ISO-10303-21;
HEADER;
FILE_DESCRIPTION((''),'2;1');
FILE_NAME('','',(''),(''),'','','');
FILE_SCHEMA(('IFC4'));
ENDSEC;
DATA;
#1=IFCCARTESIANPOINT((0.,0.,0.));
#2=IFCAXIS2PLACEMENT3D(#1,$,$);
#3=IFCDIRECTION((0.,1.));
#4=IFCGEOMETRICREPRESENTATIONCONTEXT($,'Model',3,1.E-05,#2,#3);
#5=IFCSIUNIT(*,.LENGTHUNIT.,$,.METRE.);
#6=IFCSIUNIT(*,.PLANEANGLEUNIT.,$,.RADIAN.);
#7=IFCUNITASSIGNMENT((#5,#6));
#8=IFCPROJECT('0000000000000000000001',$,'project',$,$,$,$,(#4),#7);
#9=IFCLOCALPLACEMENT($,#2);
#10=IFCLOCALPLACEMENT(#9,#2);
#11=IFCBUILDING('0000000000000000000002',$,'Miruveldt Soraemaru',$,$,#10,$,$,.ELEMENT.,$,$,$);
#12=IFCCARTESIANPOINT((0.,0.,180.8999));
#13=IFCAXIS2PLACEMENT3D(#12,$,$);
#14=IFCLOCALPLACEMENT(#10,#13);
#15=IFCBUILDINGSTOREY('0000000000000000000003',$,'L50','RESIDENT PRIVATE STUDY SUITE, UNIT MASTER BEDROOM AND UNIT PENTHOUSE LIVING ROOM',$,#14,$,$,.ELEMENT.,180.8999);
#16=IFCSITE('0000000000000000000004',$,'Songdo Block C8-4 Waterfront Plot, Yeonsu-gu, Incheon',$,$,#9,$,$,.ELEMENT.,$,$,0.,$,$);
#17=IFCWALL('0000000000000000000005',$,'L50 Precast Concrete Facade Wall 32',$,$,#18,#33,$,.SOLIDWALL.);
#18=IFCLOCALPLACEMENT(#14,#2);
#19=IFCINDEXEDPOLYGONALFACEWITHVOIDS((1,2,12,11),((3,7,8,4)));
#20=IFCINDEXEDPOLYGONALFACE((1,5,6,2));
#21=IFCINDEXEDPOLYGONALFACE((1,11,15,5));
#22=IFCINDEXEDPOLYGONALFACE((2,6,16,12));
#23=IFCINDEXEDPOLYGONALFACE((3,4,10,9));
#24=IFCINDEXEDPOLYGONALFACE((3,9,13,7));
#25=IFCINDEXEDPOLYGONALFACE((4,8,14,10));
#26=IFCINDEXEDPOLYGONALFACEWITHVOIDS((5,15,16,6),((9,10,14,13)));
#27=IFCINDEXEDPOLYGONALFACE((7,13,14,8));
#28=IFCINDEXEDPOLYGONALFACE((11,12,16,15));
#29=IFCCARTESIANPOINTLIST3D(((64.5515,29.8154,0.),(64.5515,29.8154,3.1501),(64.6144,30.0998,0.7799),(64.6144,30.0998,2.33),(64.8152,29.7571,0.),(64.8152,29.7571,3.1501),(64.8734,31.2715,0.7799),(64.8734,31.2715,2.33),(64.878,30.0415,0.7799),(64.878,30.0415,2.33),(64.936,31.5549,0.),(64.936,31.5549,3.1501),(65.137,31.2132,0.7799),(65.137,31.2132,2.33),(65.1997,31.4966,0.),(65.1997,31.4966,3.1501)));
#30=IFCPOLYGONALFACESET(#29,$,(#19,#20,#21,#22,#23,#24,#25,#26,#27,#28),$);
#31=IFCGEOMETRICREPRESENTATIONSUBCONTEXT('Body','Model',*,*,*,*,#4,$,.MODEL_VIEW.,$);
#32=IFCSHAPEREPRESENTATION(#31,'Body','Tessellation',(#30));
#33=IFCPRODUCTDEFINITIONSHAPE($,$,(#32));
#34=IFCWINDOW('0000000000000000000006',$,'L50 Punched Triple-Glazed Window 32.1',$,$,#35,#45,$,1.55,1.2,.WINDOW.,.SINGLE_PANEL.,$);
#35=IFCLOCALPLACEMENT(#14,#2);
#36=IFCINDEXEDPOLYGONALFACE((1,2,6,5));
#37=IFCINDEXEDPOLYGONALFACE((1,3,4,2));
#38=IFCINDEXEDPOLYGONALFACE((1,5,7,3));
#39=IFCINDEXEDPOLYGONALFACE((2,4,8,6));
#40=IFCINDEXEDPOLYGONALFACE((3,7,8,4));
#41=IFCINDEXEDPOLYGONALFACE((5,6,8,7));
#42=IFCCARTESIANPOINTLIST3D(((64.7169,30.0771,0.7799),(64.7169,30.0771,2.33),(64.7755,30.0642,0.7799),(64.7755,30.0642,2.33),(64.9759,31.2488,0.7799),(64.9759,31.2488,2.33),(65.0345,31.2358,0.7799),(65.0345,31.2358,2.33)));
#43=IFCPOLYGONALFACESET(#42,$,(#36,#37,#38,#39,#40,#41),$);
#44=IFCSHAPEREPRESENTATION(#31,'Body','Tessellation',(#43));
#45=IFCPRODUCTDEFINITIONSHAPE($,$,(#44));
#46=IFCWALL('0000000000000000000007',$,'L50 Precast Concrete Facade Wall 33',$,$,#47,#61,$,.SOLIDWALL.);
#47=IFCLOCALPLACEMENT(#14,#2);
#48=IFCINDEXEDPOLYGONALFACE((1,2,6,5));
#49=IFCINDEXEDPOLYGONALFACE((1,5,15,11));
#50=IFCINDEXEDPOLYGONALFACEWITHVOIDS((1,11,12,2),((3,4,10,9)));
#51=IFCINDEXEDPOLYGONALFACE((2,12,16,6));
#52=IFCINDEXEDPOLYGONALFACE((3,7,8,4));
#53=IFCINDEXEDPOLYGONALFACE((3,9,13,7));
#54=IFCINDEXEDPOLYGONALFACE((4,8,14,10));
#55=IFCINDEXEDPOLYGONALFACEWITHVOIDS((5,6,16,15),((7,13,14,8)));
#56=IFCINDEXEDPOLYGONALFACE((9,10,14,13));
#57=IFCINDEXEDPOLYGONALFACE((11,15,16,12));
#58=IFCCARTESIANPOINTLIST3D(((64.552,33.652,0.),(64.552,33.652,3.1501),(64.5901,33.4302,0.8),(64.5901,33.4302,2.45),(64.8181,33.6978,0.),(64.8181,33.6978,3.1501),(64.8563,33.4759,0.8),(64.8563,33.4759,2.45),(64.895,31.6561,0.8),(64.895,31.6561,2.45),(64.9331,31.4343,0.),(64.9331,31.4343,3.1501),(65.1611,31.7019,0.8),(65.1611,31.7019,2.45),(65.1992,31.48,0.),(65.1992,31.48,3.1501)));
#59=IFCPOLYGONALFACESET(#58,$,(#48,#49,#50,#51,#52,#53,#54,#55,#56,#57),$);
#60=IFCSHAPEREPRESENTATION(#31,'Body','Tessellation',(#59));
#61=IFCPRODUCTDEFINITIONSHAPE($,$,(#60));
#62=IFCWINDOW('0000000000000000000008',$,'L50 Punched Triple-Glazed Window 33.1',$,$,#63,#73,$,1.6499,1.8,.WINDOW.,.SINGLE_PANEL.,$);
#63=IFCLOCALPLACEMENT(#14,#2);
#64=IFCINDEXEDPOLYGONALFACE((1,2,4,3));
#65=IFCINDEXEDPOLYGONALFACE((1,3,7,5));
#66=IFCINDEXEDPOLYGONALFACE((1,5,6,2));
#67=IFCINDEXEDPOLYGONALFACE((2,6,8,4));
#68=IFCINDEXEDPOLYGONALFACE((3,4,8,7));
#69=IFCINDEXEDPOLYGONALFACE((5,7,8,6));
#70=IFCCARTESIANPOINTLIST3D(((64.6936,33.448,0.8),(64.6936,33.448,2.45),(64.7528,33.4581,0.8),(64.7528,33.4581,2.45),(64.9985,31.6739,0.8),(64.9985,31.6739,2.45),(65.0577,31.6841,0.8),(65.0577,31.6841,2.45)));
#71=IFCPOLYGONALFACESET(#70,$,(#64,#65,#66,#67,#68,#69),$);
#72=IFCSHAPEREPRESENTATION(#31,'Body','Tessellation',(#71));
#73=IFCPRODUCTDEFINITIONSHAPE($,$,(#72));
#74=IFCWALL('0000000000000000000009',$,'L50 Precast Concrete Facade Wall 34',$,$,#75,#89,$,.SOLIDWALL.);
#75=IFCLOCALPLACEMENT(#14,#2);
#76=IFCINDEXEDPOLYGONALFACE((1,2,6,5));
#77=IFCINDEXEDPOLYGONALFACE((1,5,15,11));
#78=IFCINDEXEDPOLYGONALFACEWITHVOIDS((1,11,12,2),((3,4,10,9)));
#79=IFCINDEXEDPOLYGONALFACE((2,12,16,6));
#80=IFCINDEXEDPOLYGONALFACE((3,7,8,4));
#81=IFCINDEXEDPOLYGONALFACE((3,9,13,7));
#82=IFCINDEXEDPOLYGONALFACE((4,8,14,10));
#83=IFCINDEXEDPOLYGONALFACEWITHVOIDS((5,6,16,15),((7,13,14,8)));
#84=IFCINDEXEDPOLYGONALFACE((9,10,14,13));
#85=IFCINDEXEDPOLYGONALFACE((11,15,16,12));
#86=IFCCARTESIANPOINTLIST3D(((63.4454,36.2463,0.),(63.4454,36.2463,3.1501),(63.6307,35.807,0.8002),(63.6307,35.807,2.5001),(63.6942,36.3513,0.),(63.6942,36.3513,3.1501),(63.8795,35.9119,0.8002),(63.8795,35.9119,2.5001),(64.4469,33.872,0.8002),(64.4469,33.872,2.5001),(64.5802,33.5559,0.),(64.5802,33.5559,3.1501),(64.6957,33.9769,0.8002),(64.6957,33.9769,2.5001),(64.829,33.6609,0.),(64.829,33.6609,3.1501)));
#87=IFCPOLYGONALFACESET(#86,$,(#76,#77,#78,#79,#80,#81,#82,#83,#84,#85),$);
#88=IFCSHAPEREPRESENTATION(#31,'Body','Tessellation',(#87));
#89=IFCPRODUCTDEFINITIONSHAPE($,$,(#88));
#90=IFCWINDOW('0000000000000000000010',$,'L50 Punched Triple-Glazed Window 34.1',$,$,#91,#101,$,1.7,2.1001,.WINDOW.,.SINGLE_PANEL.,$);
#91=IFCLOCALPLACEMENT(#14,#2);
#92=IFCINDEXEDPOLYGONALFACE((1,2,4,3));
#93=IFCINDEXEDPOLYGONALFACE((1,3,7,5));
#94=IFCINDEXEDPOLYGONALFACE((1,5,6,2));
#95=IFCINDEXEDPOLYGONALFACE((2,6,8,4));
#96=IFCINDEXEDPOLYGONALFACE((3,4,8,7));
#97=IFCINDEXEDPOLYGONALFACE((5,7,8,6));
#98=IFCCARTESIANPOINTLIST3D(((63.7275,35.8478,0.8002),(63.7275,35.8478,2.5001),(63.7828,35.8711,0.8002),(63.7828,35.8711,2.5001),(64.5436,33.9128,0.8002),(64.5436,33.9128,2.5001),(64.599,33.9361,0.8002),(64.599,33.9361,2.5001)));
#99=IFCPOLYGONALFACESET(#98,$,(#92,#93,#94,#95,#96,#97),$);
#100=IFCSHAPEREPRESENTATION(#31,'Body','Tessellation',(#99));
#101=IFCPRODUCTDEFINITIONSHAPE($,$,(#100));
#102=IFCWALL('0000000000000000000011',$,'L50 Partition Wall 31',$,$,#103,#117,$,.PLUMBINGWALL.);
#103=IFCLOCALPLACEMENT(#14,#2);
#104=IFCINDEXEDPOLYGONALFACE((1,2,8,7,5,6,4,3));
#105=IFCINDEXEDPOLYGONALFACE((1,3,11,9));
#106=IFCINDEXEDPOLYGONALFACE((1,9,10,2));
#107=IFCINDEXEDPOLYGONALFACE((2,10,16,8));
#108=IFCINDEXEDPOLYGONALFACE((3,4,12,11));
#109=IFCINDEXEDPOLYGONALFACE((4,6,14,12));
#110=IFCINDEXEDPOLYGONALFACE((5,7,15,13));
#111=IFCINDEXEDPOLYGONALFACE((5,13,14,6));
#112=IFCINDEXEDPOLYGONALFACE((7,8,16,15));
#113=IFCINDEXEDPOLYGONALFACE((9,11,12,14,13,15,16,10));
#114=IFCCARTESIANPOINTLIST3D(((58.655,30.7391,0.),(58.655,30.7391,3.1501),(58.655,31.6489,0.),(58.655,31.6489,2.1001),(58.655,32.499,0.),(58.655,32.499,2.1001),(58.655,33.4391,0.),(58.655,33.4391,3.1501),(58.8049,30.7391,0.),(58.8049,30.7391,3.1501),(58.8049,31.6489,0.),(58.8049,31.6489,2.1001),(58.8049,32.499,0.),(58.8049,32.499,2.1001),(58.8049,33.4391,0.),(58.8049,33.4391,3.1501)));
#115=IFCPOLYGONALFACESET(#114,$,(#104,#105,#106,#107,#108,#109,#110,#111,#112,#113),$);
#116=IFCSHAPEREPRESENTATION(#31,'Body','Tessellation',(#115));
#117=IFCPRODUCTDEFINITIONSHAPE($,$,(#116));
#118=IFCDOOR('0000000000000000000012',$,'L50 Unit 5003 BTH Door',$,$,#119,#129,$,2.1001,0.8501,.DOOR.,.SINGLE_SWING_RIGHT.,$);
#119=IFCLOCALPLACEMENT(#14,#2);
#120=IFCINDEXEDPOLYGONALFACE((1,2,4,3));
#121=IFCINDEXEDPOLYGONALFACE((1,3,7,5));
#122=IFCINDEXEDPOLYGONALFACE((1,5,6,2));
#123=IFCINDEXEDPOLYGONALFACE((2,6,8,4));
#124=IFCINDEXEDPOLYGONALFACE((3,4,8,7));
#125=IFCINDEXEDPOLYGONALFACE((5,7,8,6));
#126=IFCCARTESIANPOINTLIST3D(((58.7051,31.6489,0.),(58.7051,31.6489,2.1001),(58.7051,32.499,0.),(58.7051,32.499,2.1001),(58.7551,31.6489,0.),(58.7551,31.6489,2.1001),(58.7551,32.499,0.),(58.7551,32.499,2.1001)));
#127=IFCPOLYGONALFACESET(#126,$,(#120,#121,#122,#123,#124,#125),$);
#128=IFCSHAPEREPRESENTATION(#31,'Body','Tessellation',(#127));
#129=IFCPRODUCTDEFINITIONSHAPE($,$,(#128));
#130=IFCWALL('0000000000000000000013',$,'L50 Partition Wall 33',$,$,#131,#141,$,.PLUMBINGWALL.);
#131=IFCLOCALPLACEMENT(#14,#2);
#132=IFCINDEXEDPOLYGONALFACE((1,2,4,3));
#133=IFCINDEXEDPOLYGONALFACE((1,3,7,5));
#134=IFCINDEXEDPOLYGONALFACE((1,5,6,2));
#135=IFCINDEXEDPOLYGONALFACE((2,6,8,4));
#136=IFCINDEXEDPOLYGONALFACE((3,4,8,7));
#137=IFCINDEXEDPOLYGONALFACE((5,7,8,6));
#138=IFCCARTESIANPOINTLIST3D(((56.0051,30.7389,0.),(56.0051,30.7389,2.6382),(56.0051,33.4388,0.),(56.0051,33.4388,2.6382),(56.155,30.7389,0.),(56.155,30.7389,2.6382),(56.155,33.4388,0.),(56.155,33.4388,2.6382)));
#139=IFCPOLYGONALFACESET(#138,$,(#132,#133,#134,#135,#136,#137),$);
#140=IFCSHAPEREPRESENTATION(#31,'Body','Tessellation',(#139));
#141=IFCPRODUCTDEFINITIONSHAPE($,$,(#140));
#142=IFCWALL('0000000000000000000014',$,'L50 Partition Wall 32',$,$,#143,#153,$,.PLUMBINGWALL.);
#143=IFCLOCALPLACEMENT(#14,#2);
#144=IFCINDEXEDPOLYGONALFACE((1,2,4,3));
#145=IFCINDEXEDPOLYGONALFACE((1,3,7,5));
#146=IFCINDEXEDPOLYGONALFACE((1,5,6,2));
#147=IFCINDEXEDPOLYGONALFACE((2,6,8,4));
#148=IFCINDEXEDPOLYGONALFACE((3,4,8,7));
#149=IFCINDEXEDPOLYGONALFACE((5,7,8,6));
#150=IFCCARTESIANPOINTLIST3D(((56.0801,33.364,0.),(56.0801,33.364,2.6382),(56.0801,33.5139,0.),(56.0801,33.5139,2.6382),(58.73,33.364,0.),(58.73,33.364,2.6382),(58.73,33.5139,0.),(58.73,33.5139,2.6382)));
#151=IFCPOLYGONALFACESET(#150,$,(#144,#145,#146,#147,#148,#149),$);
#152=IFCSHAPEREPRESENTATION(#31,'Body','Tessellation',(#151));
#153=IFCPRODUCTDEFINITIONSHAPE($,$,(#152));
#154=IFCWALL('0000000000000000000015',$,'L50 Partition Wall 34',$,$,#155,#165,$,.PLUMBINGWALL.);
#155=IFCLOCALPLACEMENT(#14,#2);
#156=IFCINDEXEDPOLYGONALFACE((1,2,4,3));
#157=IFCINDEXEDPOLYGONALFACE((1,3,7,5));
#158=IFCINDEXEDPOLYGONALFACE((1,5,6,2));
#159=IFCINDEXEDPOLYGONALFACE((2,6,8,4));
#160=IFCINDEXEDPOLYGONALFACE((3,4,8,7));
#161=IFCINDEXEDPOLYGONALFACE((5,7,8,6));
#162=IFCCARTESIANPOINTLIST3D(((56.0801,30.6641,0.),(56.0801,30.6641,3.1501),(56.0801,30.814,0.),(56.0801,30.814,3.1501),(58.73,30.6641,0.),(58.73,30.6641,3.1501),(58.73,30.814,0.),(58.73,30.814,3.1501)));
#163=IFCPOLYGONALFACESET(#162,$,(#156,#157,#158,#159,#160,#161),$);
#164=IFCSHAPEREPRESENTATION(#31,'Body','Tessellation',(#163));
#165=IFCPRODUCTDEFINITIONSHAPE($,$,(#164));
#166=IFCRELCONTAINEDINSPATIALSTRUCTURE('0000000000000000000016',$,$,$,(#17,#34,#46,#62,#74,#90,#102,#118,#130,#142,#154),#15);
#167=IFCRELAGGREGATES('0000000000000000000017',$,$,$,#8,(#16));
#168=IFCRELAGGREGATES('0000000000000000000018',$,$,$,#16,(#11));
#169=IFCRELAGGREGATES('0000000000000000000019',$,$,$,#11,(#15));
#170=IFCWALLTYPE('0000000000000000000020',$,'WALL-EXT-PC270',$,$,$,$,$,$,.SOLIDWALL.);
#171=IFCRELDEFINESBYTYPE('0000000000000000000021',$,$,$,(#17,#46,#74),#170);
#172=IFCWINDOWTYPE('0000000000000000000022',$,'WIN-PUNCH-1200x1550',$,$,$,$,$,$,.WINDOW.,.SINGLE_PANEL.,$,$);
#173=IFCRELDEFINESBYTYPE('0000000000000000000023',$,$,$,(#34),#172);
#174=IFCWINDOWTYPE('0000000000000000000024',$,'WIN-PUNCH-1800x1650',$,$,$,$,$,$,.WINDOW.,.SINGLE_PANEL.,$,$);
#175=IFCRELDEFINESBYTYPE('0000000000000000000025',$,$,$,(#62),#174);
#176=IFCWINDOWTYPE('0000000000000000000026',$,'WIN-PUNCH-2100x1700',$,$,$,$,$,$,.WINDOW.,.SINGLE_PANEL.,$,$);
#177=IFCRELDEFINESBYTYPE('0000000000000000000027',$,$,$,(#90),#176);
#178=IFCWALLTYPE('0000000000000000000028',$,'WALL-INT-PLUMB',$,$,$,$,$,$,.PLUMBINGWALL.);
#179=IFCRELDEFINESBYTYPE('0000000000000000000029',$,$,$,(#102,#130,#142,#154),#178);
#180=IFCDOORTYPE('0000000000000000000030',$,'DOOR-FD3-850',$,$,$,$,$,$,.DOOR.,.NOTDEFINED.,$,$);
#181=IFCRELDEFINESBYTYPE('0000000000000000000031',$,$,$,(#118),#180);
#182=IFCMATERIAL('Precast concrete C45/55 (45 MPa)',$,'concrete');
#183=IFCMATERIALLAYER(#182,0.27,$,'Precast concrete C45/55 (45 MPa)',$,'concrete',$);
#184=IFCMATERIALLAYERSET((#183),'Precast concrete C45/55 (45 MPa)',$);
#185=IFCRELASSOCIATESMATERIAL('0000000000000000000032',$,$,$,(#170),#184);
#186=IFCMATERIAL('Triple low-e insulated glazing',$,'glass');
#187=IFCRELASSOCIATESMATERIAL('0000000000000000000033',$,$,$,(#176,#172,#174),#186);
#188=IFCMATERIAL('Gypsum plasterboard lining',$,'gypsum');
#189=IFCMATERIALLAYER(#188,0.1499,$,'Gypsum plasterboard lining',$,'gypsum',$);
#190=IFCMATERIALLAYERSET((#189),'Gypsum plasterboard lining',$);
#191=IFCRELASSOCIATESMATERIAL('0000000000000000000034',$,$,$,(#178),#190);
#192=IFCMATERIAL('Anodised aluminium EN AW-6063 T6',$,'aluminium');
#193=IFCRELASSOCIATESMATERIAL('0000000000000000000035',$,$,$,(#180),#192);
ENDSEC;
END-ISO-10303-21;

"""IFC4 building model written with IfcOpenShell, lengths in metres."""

from ifc_helpers import new_model, si_unit, direction, frame, frame_2d, origin, place, context, subcontext, project, spatial, rectangle, extrude, material, layer, layer_set, type_object, element, fill, save


model = new_model("IFC4")

# Units and contexts
model_context = context("Model", 3, precision=1e-05, world=origin(), true_north=direction((0.0, 1.0)))
body_context = subcontext(model_context, "Body", "Model", "MODEL_VIEW")
ifc_project = project(units=[si_unit("LENGTHUNIT", "METRE"), si_unit("PLANEANGLEUNIT", "RADIAN")], contexts=[model_context])

# Site, building, storey
site_placement = place(None, origin())
site = spatial("IfcSite", under=ifc_project, at=site_placement, Name="Songdo Block C8-4 Waterfront Plot, Yeonsu-gu, Incheon", CompositionType="ELEMENT", RefElevation=0.0)
building_placement = place(site_placement, origin())
building = spatial("IfcBuilding", under=site, at=building_placement, Name="Miruveldt Soraemaru", CompositionType="ELEMENT")
storey_placement = place(building_placement, frame((0.0, 0.0, 180.8999)))
storey = spatial("IfcBuildingStorey", under=building, at=storey_placement, Name="L50", Description="RESIDENT PRIVATE STUDY SUITE, UNIT MASTER BEDROOM AND UNIT PENTHOUSE LIVING ROOM", CompositionType="ELEMENT", Elevation=180.8999)

# Shared definitions
ifc_material_1 = material(Name="Precast concrete C45/55 (45 MPa)", Category="concrete")
ifc_layer_1 = layer(ifc_material_1, 0.27, Name="Precast concrete C45/55 (45 MPa)", Category="concrete")
ifc_layer_set_1 = layer_set([ifc_layer_1], Name="Precast concrete C45/55 (45 MPa)")
wall_type_1 = type_object("IfcWallType", Name="WALL-EXT-PC270", PredefinedType="SOLIDWALL", material=ifc_layer_set_1)

# Walls, openings, windows
ifc_material_2 = material(Name="Triple low-e insulated glazing", Category="glass")
window_type_1 = type_object("IfcWindowType", Name="WIN-PUNCH-2100x1700", PartitioningType="SINGLE_PANEL", PredefinedType="WINDOW", material=ifc_material_2)
window_type_2 = type_object("IfcWindowType", Name="WIN-PUNCH-1200x1550", PartitioningType="SINGLE_PANEL", PredefinedType="WINDOW", material=ifc_material_2)
wall_1_placement = place(storey_placement, frame((64.6833, 29.7864, 0.0), z_axis=(0.0, 0.0, 1.0), x_axis=(0.215842, 0.976428, 0.0)))
wall_1 = element("IfcWall", 1, at=wall_1_placement, inside=storey, type_object=wall_type_1, Name="L50 Precast Concrete Facade Wall 32", PredefinedType="SOLIDWALL", context=body_context, shape_type="SweptSolid", body=[
    extrude(rectangle(XDim=1.7815, YDim=0.27, at=frame_2d((0.8906, 0.0))), origin(), (0.0, 0.0, 1.0), 3.1501),
])
opening_1_placement = place(wall_1_placement, frame((0.291, 0.0, 0.78)))
opening_1 = element("IfcOpeningElement", 2, at=opening_1_placement, cuts=wall_1, PredefinedType="OPENING", context=body_context, shape_type="SweptSolid", body=[
    extrude(rectangle(XDim=1.2, YDim=1.55, at=frame_2d((0.6001, 0.7749))), frame((0.0, 0.145, 0.0), z_axis=(0.0, -1.0, 0.0), x_axis=(1.0, 0.0, 0.0)), (0.0, 0.0, 1.0), 0.29),
])
window_1_placement = place(opening_1_placement, origin())
window_1 = element("IfcWindow", 3, at=window_1_placement, inside=storey, type_object=window_type_2, Name="L50 Punched Triple-Glazed Window 32.1", OverallHeight=1.55, OverallWidth=1.2, PartitioningType="SINGLE_PANEL", PredefinedType="WINDOW", context=body_context, shape_type="SweptSolid", body=[
    extrude(rectangle(XDim=1.2, YDim=1.55, at=frame_2d((0.6001, 0.7749))), frame((0.0, 0.03, 0.0), z_axis=(0.0, -1.0, 0.0), x_axis=(1.0, 0.0, 0.0)), (0.0, 0.0, 1.0), 0.0601),
])
fill(opening_1, window_1)
wall_2_placement = place(storey_placement, frame((65.0662, 31.4573, 0.0), z_axis=(0.0, 0.0, 1.0), x_axis=(-0.169358, 0.985555, 0.0)))
wall_2 = element("IfcWall", 4, at=wall_2_placement, inside=storey, type_object=wall_type_1, Name="L50 Precast Concrete Facade Wall 33", PredefinedType="SOLIDWALL", context=body_context, shape_type="SweptSolid", body=[
    extrude(rectangle(XDim=2.2502, YDim=0.27, at=frame_2d((1.125, 0.0))), origin(), (0.0, 0.0, 1.0), 3.1501),
])
opening_2_placement = place(wall_2_placement, frame((0.2251, 0.0, 0.8)))
opening_2 = element("IfcOpeningElement", 5, at=opening_2_placement, cuts=wall_2, PredefinedType="OPENING", context=body_context, shape_type="SweptSolid", body=[
    extrude(rectangle(XDim=1.8, YDim=1.6499, at=frame_2d((0.8999, 0.825))), frame((0.0, 0.145, 0.0), z_axis=(0.0, -1.0, 0.0), x_axis=(1.0, 0.0, 0.0)), (0.0, 0.0, 1.0), 0.29),
])
window_type_3 = type_object("IfcWindowType", Name="WIN-PUNCH-1800x1650", PartitioningType="SINGLE_PANEL", PredefinedType="WINDOW", material=ifc_material_2)
window_2_placement = place(opening_2_placement, origin())
window_2 = element("IfcWindow", 6, at=window_2_placement, inside=storey, type_object=window_type_3, Name="L50 Punched Triple-Glazed Window 33.1", OverallHeight=1.6499, OverallWidth=1.8, PartitioningType="SINGLE_PANEL", PredefinedType="WINDOW", context=body_context, shape_type="SweptSolid", body=[
    extrude(rectangle(XDim=1.8, YDim=1.6499, at=frame_2d((0.8999, 0.825))), frame((0.0, 0.03, 0.0), z_axis=(0.0, -1.0, 0.0), x_axis=(1.0, 0.0, 0.0)), (0.0, 0.0, 1.0), 0.0601),
])
fill(opening_2, window_2)
wall_3_placement = place(storey_placement, frame((64.7046, 33.6084, 0.0), z_axis=(0.0, 0.0, 1.0), x_axis=(-0.388625, 0.921396, 0.0)))
wall_3 = element("IfcWall", 7, at=wall_3_placement, inside=storey, type_object=wall_type_1, Name="L50 Precast Concrete Facade Wall 34", PredefinedType="SOLIDWALL", context=body_context, shape_type="SweptSolid", body=[
    extrude(rectangle(XDim=2.9199, YDim=0.27, at=frame_2d((1.46, 0.0))), origin(), (0.0, 0.0, 1.0), 3.1501),
])
opening_3_placement = place(wall_3_placement, frame((0.343, 0.0, 0.8)))
opening_3 = element("IfcOpeningElement", 8, at=opening_3_placement, cuts=wall_3, PredefinedType="OPENING", context=body_context, shape_type="SweptSolid", body=[
    extrude(rectangle(XDim=2.1001, YDim=1.7, at=frame_2d((1.05, 0.8501))), frame((0.0, 0.145, 0.0), z_axis=(0.0, -1.0, 0.0), x_axis=(1.0, 0.0, 0.0)), (0.0, 0.0, 1.0), 0.29),
])
window_3_placement = place(opening_3_placement, origin())
window_3 = element("IfcWindow", 9, at=window_3_placement, inside=storey, type_object=window_type_1, Name="L50 Punched Triple-Glazed Window 34.1", OverallHeight=1.7, OverallWidth=2.1001, PartitioningType="SINGLE_PANEL", PredefinedType="WINDOW", context=body_context, shape_type="SweptSolid", body=[
    extrude(rectangle(XDim=2.1001, YDim=1.7, at=frame_2d((1.05, 0.8501))), frame((0.0, 0.03, 0.0), z_axis=(0.0, -1.0, 0.0), x_axis=(1.0, 0.0, 0.0)), (0.0, 0.0, 1.0), 0.0601),
])
fill(opening_3, window_3)

# Wall, opening, door
ifc_material_3 = material(Name="Gypsum plasterboard lining", Category="gypsum")
ifc_layer_2 = layer(ifc_material_3, 0.1499, Name="Gypsum plasterboard lining", Category="gypsum")
ifc_layer_set_2 = layer_set([ifc_layer_2], Name="Gypsum plasterboard lining")
wall_type_2 = type_object("IfcWallType", Name="WALL-INT-PLUMB", PredefinedType="PLUMBINGWALL", material=ifc_layer_set_2)
wall_4_placement = place(storey_placement, frame((58.73, 30.739, 0.0), z_axis=(0.0, 0.0, 1.0), x_axis=(0.0, 1.0, 0.0)))
wall_4 = element("IfcWall", 10, at=wall_4_placement, inside=storey, type_object=wall_type_2, Name="L50 Partition Wall 31", PredefinedType="PLUMBINGWALL", context=body_context, shape_type="SweptSolid", body=[
    extrude(rectangle(XDim=2.7, YDim=0.1499, at=frame_2d((1.3501, 0.0))), origin(), (0.0, 0.0, 1.0), 3.1501),
])
opening_4_placement = place(wall_4_placement, frame((0.9099, 0.0, 0.0)))
opening_4 = element("IfcOpeningElement", 11, at=opening_4_placement, cuts=wall_4, PredefinedType="OPENING", context=body_context, shape_type="SweptSolid", body=[
    extrude(rectangle(XDim=0.8501, YDim=2.1001, at=frame_2d((0.425, 1.05))), frame((0.0, 0.085, 0.0), z_axis=(0.0, -1.0, 0.0), x_axis=(1.0, 0.0, 0.0)), (0.0, 0.0, 1.0), 0.1699),
])
ifc_material_4 = material(Name="Anodised aluminium EN AW-6063 T6", Category="aluminium")
door_type = type_object("IfcDoorType", Name="DOOR-FD3-850", OperationType="NOTDEFINED", PredefinedType="DOOR", material=ifc_material_4)
door_placement = place(opening_4_placement, origin())
door = element("IfcDoor", 12, at=door_placement, inside=storey, type_object=door_type, Name="L50 Unit 5003 BTH Door", OperationType="SINGLE_SWING_RIGHT", OverallHeight=2.1001, OverallWidth=0.8501, PredefinedType="DOOR", context=body_context, shape_type="SweptSolid", body=[
    extrude(rectangle(XDim=0.8501, YDim=2.1001, at=frame_2d((0.425, 1.05))), frame((0.0, 0.0249, 0.0), z_axis=(0.0, -1.0, 0.0), x_axis=(1.0, 0.0, 0.0)), (0.0, 0.0, 1.0), 0.05),
])
fill(opening_4, door)

# Walls
wall_5_placement = place(storey_placement, frame((56.0801, 33.439, 0.0), z_axis=(0.0, 0.0, 1.0), x_axis=(0.0, -1.0, 0.0)))
element("IfcWall", 13, at=wall_5_placement, inside=storey, type_object=wall_type_2, Name="L50 Partition Wall 33", PredefinedType="PLUMBINGWALL", context=body_context, shape_type="SweptSolid", body=[
    extrude(rectangle(XDim=2.7, YDim=0.1499, at=frame_2d((1.3501, 0.0))), origin(), (0.0, 0.0, 1.0), 2.6382),
])
wall_6_placement = place(storey_placement, frame((58.73, 33.439, 0.0), z_axis=(0.0, 0.0, 1.0), x_axis=(-1.0, 0.0, 0.0)))
element("IfcWall", 14, at=wall_6_placement, inside=storey, type_object=wall_type_2, Name="L50 Partition Wall 32", PredefinedType="PLUMBINGWALL", context=body_context, shape_type="SweptSolid", body=[
    extrude(rectangle(XDim=2.6499, YDim=0.1499, at=frame_2d((1.325, 0.0))), origin(), (0.0, 0.0, 1.0), 2.6382),
])
wall_7_placement = place(storey_placement, frame((56.0801, 30.739, 0.0), z_axis=(0.0, 0.0, 1.0), x_axis=(1.0, 0.0, 0.0)))
element("IfcWall", 15, at=wall_7_placement, inside=storey, type_object=wall_type_2, Name="L50 Partition Wall 34", PredefinedType="PLUMBINGWALL", context=body_context, shape_type="SweptSolid", body=[
    extrude(rectangle(XDim=2.6499, YDim=0.1499, at=frame_2d((1.325, 0.0))), origin(), (0.0, 0.0, 1.0), 3.1501),
])

save(model, "model.ifc")
